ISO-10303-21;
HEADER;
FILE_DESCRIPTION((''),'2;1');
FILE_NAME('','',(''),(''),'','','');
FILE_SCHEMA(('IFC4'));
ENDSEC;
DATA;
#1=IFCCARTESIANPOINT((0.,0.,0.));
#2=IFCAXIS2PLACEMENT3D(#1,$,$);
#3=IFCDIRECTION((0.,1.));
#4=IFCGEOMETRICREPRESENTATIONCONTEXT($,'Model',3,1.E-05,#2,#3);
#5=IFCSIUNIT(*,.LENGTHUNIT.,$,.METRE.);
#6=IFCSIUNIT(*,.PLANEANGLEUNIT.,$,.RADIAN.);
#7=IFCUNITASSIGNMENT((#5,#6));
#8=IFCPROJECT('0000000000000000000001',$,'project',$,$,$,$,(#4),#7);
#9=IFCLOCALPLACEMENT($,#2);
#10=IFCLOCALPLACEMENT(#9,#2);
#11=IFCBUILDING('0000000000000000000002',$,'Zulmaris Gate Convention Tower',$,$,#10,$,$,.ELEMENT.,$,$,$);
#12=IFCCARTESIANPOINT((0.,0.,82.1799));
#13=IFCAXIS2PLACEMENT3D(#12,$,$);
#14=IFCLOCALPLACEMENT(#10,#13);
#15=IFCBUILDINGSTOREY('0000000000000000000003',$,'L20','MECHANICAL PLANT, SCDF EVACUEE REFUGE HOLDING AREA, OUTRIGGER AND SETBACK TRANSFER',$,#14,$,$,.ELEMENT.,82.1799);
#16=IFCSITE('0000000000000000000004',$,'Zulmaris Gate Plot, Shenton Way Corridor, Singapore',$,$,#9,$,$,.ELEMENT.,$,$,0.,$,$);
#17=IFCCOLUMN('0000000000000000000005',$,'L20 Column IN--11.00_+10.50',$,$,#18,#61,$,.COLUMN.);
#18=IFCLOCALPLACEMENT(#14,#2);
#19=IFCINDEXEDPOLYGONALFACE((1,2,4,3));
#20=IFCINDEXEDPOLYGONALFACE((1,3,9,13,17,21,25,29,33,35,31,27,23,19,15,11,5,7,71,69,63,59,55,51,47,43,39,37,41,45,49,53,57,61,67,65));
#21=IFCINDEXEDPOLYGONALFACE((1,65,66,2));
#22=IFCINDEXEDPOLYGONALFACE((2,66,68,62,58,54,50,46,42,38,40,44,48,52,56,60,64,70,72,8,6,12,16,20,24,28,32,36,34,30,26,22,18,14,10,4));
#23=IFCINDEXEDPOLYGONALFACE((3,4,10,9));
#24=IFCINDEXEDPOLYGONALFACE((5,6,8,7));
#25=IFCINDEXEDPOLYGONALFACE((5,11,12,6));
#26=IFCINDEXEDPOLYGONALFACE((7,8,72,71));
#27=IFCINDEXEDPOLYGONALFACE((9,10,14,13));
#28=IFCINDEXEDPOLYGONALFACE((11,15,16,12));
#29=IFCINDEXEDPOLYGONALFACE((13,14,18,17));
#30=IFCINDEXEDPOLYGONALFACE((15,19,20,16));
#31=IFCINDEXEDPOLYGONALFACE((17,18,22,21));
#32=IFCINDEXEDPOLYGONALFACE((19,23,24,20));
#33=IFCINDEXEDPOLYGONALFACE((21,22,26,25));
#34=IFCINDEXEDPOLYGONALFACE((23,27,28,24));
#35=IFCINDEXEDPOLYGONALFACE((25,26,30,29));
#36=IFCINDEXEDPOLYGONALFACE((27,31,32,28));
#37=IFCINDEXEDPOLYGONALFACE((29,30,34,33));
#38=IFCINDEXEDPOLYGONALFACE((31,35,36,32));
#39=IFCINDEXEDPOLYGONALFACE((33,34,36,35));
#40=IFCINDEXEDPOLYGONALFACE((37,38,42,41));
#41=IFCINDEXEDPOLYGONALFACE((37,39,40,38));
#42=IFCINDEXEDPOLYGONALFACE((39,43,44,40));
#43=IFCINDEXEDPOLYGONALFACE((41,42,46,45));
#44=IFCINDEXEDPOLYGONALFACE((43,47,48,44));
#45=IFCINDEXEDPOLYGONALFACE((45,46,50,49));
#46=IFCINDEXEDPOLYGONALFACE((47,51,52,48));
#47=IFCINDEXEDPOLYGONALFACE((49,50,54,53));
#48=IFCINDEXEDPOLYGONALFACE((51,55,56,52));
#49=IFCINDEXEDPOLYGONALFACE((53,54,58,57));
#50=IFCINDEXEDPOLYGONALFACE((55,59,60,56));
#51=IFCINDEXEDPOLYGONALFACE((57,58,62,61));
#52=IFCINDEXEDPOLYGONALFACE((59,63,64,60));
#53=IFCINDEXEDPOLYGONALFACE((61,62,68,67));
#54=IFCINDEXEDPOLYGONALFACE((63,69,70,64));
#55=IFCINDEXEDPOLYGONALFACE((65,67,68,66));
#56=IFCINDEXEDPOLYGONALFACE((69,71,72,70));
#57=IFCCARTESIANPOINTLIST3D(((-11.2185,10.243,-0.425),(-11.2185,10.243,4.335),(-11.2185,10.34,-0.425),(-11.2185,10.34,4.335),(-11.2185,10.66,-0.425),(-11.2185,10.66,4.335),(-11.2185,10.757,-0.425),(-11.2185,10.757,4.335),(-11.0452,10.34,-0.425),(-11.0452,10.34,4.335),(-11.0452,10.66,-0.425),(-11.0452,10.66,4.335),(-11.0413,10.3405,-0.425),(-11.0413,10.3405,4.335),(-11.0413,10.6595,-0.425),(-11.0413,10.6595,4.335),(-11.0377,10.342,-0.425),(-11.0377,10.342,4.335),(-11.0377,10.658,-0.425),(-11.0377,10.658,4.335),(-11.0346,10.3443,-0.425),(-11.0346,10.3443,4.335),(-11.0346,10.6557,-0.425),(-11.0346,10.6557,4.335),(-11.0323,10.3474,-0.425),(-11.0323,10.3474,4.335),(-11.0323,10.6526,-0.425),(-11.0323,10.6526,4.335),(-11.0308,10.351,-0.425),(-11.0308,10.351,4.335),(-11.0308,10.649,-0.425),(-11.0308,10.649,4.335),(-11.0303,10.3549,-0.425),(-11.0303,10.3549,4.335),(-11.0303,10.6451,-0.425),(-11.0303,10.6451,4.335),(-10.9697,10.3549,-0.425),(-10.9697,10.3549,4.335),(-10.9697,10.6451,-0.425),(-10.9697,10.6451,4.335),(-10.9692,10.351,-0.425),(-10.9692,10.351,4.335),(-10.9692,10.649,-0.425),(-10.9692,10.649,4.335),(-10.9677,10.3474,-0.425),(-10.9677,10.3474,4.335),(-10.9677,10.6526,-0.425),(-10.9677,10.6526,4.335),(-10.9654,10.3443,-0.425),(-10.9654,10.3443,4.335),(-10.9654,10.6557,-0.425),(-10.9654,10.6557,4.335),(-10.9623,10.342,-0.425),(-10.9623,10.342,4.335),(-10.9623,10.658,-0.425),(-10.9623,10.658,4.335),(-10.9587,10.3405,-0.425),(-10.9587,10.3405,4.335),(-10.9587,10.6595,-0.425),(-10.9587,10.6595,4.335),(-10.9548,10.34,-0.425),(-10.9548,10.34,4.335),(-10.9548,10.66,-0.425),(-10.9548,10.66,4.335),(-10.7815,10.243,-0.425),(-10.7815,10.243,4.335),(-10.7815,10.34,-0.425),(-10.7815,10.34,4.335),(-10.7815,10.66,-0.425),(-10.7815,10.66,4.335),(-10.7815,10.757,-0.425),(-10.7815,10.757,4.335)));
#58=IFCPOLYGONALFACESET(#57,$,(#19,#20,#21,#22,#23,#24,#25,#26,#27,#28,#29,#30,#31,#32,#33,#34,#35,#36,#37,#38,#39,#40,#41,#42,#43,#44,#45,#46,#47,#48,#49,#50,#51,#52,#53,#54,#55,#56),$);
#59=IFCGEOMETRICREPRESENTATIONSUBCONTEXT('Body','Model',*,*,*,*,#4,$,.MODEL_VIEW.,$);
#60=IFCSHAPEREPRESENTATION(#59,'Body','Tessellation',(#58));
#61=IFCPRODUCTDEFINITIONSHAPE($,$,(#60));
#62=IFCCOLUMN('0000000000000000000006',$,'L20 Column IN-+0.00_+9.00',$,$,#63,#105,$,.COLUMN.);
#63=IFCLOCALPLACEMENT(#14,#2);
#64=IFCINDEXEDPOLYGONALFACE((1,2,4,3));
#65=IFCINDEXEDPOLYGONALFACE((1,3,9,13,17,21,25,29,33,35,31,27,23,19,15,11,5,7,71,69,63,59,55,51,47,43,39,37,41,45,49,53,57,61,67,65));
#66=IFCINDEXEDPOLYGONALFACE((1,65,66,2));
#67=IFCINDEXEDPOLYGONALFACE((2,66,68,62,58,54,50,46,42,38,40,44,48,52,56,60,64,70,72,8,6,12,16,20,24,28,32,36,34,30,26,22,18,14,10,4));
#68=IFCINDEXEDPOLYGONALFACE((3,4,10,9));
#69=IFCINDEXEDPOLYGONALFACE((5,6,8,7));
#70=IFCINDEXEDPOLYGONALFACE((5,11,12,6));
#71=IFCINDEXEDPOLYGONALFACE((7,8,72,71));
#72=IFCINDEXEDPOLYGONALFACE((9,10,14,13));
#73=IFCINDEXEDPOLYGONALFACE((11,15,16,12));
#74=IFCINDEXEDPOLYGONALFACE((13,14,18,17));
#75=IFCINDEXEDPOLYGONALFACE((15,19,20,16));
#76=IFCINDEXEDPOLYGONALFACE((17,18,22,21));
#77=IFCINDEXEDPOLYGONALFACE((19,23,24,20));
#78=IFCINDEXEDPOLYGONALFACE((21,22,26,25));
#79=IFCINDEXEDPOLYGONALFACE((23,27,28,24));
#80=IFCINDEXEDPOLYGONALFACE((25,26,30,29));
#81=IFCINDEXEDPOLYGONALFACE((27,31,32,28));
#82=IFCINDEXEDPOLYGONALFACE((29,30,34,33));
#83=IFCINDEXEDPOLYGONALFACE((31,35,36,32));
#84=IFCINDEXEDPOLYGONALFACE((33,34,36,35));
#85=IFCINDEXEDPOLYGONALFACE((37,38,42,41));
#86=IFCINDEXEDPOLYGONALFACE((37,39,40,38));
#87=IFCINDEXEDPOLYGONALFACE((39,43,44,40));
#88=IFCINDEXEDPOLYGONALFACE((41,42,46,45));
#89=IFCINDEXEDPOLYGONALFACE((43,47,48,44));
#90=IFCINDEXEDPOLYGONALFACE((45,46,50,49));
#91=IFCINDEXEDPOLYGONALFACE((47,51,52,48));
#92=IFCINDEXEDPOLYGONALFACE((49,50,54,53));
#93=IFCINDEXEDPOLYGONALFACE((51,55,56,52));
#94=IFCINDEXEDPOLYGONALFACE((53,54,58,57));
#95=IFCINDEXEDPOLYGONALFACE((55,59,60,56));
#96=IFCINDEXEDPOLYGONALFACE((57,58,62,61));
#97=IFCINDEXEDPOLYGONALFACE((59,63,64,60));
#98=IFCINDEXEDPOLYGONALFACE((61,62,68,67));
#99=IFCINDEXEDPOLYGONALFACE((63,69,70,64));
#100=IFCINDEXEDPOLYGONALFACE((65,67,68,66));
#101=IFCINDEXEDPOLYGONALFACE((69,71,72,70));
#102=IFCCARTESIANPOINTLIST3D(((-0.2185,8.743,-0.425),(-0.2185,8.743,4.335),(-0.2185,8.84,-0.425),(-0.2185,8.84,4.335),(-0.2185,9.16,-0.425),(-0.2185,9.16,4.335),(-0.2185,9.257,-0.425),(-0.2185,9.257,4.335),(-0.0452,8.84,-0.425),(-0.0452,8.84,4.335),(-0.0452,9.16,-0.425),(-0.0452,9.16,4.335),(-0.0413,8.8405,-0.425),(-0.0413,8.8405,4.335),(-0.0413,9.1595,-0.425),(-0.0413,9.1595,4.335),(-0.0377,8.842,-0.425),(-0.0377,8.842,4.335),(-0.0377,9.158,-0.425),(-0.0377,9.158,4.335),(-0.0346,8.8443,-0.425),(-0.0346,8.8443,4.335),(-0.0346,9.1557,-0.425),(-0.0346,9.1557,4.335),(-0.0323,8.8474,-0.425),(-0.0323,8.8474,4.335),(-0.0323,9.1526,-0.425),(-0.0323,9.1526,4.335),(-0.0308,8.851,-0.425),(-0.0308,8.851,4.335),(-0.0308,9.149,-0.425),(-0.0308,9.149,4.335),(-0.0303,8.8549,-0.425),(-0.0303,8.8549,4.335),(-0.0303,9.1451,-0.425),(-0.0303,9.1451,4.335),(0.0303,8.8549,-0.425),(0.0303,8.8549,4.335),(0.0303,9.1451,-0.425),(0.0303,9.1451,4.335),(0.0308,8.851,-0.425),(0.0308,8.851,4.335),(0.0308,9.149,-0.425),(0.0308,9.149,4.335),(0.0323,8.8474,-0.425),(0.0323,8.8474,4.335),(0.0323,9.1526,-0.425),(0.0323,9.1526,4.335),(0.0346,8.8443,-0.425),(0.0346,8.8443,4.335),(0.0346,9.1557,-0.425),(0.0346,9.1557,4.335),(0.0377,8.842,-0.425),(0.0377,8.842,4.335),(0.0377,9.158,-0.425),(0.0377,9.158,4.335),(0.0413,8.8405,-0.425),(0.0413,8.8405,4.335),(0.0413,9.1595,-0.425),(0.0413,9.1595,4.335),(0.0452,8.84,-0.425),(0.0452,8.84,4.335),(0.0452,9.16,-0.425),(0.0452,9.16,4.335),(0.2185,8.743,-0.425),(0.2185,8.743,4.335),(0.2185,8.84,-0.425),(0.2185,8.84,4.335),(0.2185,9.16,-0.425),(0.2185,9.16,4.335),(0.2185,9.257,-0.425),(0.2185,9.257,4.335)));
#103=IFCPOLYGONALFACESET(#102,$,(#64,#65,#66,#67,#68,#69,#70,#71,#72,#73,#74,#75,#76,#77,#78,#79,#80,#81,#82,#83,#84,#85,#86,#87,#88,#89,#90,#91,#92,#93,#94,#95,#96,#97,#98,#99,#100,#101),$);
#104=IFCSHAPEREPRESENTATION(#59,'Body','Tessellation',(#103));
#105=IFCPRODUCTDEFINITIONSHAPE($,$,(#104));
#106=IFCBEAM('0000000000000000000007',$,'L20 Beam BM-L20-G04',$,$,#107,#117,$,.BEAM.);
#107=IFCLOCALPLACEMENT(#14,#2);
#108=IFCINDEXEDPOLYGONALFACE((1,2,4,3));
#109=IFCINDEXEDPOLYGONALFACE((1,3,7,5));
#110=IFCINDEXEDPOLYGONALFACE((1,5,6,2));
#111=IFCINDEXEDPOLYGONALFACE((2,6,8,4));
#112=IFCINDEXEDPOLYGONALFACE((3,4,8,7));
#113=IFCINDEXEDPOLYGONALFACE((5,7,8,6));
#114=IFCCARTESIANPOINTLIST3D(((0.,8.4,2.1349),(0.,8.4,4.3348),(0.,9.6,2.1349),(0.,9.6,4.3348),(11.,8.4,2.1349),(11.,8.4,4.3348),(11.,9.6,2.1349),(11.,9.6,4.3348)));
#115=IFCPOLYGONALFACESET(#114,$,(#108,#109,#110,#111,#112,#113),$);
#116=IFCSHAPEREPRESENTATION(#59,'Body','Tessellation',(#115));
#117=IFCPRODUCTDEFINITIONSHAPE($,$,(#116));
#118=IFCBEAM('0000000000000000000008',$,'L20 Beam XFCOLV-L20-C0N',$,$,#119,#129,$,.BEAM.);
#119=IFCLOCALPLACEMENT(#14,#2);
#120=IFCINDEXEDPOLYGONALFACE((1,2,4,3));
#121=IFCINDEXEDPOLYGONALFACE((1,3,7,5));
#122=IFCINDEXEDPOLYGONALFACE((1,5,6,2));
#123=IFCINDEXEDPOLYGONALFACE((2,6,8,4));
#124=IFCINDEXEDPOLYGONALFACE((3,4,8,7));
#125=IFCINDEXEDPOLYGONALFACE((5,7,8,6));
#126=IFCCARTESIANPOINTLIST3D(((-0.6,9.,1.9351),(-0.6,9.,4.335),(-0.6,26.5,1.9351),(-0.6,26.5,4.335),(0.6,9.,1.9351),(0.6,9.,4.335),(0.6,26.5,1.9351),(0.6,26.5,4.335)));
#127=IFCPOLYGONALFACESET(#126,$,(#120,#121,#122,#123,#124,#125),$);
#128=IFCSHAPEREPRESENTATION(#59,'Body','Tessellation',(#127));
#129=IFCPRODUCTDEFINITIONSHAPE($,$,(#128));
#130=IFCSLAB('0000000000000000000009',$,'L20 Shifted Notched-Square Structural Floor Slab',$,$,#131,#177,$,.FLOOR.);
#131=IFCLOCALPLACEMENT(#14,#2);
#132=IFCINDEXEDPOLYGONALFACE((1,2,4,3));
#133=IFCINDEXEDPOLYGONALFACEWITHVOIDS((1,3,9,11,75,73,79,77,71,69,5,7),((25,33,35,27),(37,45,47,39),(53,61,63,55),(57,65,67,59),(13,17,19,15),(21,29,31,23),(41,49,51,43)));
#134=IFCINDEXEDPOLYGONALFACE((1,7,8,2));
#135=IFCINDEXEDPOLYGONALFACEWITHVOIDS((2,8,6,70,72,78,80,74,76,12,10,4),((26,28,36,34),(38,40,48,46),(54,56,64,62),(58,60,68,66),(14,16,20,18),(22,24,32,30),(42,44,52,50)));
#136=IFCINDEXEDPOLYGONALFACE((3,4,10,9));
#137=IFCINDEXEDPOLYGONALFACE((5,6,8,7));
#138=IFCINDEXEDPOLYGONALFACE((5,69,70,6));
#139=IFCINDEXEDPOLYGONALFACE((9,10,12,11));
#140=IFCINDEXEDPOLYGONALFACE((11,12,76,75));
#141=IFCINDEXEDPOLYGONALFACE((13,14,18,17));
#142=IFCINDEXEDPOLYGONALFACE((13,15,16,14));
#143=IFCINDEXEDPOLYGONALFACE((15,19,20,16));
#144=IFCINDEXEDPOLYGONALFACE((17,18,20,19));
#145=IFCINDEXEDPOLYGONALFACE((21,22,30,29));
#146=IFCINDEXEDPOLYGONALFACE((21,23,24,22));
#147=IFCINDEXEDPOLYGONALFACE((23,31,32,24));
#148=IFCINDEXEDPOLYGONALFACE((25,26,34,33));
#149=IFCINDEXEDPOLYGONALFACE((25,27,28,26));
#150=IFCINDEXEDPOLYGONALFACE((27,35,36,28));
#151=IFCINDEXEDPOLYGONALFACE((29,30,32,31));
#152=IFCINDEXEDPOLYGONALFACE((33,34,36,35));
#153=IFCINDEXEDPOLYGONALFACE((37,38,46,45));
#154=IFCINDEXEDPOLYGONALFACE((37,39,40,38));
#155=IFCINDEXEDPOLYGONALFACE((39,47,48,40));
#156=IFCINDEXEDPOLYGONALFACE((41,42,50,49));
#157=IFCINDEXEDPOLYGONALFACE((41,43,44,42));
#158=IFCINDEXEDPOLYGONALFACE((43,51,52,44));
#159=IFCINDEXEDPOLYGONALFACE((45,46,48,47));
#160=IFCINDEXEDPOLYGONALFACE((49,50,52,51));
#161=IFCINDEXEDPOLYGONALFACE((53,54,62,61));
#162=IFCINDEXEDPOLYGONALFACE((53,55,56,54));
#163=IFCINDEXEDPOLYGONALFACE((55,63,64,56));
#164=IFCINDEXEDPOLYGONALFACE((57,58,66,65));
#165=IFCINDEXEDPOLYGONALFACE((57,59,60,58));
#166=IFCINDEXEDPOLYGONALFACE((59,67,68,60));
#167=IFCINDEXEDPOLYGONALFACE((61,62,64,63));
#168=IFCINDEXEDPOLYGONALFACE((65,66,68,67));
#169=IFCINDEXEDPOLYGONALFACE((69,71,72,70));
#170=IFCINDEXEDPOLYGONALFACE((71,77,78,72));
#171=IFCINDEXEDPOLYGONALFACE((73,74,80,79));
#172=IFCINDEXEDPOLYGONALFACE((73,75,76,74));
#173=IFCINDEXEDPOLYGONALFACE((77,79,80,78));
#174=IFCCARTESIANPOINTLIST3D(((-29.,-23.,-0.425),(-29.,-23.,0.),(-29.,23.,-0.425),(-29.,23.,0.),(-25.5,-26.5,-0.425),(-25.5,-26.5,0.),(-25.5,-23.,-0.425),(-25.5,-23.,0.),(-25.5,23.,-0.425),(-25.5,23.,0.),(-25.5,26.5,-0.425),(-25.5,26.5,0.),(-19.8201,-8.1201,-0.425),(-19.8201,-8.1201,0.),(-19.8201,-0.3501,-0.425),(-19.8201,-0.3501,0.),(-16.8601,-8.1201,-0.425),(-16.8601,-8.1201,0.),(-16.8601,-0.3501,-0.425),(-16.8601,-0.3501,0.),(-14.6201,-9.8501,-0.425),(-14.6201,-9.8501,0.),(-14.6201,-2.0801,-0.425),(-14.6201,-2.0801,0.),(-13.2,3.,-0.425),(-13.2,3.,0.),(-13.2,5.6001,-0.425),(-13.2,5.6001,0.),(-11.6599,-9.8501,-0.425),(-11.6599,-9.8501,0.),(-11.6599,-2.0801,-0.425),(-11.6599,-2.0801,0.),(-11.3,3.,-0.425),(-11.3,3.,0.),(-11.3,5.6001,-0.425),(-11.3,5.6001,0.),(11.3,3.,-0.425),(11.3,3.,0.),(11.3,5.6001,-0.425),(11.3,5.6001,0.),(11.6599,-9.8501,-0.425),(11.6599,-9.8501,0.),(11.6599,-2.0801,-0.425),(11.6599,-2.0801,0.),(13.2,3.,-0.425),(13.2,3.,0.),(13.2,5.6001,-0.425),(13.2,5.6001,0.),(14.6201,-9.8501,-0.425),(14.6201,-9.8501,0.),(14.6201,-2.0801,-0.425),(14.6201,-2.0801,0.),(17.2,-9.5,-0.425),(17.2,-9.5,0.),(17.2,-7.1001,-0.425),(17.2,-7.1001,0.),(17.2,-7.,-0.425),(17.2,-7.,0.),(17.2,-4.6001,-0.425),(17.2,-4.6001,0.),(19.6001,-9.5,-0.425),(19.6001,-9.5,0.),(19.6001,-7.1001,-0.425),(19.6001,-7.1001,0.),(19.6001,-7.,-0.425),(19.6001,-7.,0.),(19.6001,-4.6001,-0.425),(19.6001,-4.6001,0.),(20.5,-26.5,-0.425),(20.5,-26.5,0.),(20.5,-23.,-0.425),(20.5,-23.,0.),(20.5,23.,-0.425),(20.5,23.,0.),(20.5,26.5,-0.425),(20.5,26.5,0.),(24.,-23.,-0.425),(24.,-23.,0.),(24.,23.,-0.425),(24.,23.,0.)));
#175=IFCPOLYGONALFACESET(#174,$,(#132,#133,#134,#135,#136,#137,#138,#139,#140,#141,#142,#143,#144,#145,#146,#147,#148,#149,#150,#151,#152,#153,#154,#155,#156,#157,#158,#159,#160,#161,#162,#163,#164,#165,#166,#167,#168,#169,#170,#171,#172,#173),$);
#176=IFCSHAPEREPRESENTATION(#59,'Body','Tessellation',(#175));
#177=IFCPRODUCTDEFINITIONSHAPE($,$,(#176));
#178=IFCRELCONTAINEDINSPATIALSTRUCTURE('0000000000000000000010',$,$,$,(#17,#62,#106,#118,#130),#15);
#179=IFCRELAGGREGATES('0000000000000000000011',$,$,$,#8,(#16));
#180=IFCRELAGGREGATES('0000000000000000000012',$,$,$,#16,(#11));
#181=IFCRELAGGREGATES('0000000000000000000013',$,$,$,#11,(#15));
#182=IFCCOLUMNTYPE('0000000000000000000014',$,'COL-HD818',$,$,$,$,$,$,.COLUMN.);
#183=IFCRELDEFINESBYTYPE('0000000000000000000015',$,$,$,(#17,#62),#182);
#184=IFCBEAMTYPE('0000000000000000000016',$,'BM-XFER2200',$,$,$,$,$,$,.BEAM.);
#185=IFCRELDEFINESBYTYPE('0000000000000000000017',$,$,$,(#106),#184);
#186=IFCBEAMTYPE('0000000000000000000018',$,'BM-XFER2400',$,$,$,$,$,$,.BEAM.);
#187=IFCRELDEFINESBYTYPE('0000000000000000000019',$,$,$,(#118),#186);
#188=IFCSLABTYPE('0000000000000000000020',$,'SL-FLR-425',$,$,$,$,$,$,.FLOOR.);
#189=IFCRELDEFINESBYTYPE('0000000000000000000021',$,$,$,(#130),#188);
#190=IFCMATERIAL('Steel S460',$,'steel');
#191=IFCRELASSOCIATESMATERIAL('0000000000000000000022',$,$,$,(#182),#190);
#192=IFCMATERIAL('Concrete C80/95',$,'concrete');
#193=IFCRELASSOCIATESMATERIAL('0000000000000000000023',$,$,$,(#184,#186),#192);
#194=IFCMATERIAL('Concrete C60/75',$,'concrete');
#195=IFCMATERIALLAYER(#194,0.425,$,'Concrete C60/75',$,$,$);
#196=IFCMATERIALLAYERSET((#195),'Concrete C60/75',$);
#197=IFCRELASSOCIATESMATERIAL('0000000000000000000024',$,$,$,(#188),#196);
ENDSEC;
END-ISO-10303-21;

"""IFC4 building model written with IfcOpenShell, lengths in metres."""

from ifc_helpers import new_model, si_unit, direction, frame, origin, origin_2d, place, context, subcontext, project, spatial, polyline, rectangle, i_section, outline, extrude, material, layer, layer_set, material_profile, profile_set, type_object, element, save


model = new_model("IFC4")

# Units and contexts
model_context = context("Model", 3, precision=1e-05, world=origin(), true_north=direction((0.0, 1.0)))
body_context = subcontext(model_context, "Body", "Model", "MODEL_VIEW")
ifc_project = project(units=[si_unit("LENGTHUNIT", "METRE"), si_unit("PLANEANGLEUNIT", "RADIAN")], contexts=[model_context])

# Site, building, storey
site_placement = place(None, origin())
site = spatial("IfcSite", under=ifc_project, at=site_placement, Name="Zulmaris Gate Plot, Shenton Way Corridor, Singapore", CompositionType="ELEMENT", RefElevation=0.0)
building_placement = place(site_placement, origin())
building = spatial("IfcBuilding", under=site, at=building_placement, Name="Zulmaris Gate Convention Tower", CompositionType="ELEMENT")
storey_placement = place(building_placement, frame((0.0, 0.0, 82.1799)))
storey = spatial("IfcBuildingStorey", under=building, at=storey_placement, Name="L20", Description="MECHANICAL PLANT, SCDF EVACUEE REFUGE HOLDING AREA, OUTRIGGER AND SETBACK TRANSFER", CompositionType="ELEMENT", Elevation=82.1799)

# Columns
ifc_material_1 = material(Name="Steel S460", Category="steel")
ifc_material_profile_1 = material_profile(ifc_material_1, i_section(OverallWidth=0.437, OverallDepth=0.5139, WebThickness=0.0605, FlangeThickness=0.0969, FilletRadius=0.0149, at=origin_2d()), Name="HD 400x818")
ifc_profile_set_1 = profile_set([ifc_material_profile_1], Name="Steel S460")
column_type = type_object("IfcColumnType", Name="COL-HD818", PredefinedType="COLUMN", material=ifc_profile_set_1)
for number, where, z_axis, x_axis, name in (
    (1, (-11.0, 10.5, -0.425), (0.0, 0.0, 1.0), (1.0, 0.0, 0.0), "L20 Column IN--11.00_+10.50"),
    (2, (0.0, 9.0, -0.425), (0.0, 0.0, 1.0), (1.0, 0.0, 0.0), "L20 Column IN-+0.00_+9.00"),
):
    element("IfcColumn", number, at=place(storey_placement, frame(where, z_axis=z_axis, x_axis=x_axis)), inside=storey, type_object=column_type, Name=name, PredefinedType="COLUMN", context=body_context, shape_type="SweptSolid", body=[
        extrude(i_section(OverallWidth=0.437, OverallDepth=0.5139, WebThickness=0.0605, FlangeThickness=0.0969, FilletRadius=0.0149, at=origin_2d()), origin(), (0.0, 0.0, 1.0), 4.76),
    ])

# Beams
ifc_material_2 = material(Name="Concrete C80/95", Category="concrete")
ifc_material_profile_2 = material_profile(ifc_material_2, rectangle(XDim=1.2, YDim=2.2, at=origin_2d()), Name="RC TRANSFER 1200x2200")
ifc_profile_set_2 = profile_set([ifc_material_profile_2], Name="Concrete C80/95")
beam_type_1 = type_object("IfcBeamType", Name="BM-XFER2200", PredefinedType="BEAM", material=ifc_profile_set_2)
beam_1_placement = place(storey_placement, frame((0.0, 9.0, 3.2349), z_axis=(1.0, 0.0, 0.0), x_axis=(0.0, 1.0, 0.0)))
element("IfcBeam", 3, at=beam_1_placement, inside=storey, type_object=beam_type_1, Name="L20 Beam BM-L20-G04", PredefinedType="BEAM", context=body_context, shape_type="SweptSolid", body=[
    extrude(rectangle(XDim=1.2, YDim=2.2, at=origin_2d()), origin(), (0.0, 0.0, 1.0), 11.0),
])
ifc_material_profile_3 = material_profile(ifc_material_2, rectangle(XDim=1.2, YDim=2.3999, at=origin_2d()), Name="RC TRANSFER 1200x2400")
ifc_profile_set_3 = profile_set([ifc_material_profile_3], Name="Concrete C80/95")
beam_type_2 = type_object("IfcBeamType", Name="BM-XFER2400", PredefinedType="BEAM", material=ifc_profile_set_3)
beam_2_placement = place(storey_placement, frame((0.0, 9.0, 3.135), z_axis=(0.0, 1.0, 0.0), x_axis=(-1.0, 0.0, 0.0)))
element("IfcBeam", 4, at=beam_2_placement, inside=storey, type_object=beam_type_2, Name="L20 Beam XFCOLV-L20-C0N", PredefinedType="BEAM", context=body_context, shape_type="SweptSolid", body=[
    extrude(rectangle(XDim=1.2, YDim=2.3999, at=origin_2d()), origin(), (0.0, 0.0, 1.0), 17.5),
])

# Slab
ifc_material_3 = material(Name="Concrete C60/75", Category="concrete")
ifc_layer_1 = layer(ifc_material_3, 0.425, Name="Concrete C60/75")
ifc_layer_set_1 = layer_set([ifc_layer_1], Name="Concrete C60/75")
slab_type = type_object("IfcSlabType", Name="SL-FLR-425", PredefinedType="FLOOR", material=ifc_layer_set_1)
slab_placement = place(storey_placement, frame((0.0, 0.0, -0.425)))
element("IfcSlab", 5, at=slab_placement, inside=storey, type_object=slab_type, Name="L20 Shifted Notched-Square Structural Floor Slab", PredefinedType="FLOOR", context=body_context, shape_type="SweptSolid", body=[
    extrude(outline(polyline([(-25.5, -26.5), (20.5, -26.5), (20.5, -23.0), (24.0, -23.0), (24.0, 23.0), (20.5, 23.0), (20.5, 26.5), (-25.5, 26.5), (-25.5, 23.0), (-29.0, 23.0), (-29.0, -23.0), (-25.5, -23.0), (-25.5, -26.5)]), holes=[polyline([(-14.6201, -2.0801), (-14.6201, -9.8501), (-11.6599, -9.8501), (-11.6599, -2.0801), (-14.6201, -2.0801)]), polyline([(11.6599, -2.0801), (11.6599, -9.8501), (14.6201, -9.8501), (14.6201, -2.0801), (11.6599, -2.0801)]), polyline([(-16.8601, -8.1201), (-16.8601, -0.3501), (-19.8201, -0.3501), (-19.8201, -8.1201), (-16.8601, -8.1201)]), polyline([(-13.2, 3.0), (-11.3, 3.0), (-11.3, 5.6001), (-13.2, 5.6001), (-13.2, 3.0)]), polyline([(11.3, 3.0), (13.2, 3.0), (13.2, 5.6001), (11.3, 5.6001), (11.3, 3.0)]), polyline([(17.2, -9.5), (19.6001, -9.5), (19.6001, -7.1001), (17.2, -7.1001), (17.2, -9.5)]), polyline([(17.2, -7.0), (19.6001, -7.0), (19.6001, -4.6001), (17.2, -4.6001), (17.2, -7.0)])]), origin(), (0.0, 0.0, 1.0), 0.425),
])

save(model, "model.ifc")
